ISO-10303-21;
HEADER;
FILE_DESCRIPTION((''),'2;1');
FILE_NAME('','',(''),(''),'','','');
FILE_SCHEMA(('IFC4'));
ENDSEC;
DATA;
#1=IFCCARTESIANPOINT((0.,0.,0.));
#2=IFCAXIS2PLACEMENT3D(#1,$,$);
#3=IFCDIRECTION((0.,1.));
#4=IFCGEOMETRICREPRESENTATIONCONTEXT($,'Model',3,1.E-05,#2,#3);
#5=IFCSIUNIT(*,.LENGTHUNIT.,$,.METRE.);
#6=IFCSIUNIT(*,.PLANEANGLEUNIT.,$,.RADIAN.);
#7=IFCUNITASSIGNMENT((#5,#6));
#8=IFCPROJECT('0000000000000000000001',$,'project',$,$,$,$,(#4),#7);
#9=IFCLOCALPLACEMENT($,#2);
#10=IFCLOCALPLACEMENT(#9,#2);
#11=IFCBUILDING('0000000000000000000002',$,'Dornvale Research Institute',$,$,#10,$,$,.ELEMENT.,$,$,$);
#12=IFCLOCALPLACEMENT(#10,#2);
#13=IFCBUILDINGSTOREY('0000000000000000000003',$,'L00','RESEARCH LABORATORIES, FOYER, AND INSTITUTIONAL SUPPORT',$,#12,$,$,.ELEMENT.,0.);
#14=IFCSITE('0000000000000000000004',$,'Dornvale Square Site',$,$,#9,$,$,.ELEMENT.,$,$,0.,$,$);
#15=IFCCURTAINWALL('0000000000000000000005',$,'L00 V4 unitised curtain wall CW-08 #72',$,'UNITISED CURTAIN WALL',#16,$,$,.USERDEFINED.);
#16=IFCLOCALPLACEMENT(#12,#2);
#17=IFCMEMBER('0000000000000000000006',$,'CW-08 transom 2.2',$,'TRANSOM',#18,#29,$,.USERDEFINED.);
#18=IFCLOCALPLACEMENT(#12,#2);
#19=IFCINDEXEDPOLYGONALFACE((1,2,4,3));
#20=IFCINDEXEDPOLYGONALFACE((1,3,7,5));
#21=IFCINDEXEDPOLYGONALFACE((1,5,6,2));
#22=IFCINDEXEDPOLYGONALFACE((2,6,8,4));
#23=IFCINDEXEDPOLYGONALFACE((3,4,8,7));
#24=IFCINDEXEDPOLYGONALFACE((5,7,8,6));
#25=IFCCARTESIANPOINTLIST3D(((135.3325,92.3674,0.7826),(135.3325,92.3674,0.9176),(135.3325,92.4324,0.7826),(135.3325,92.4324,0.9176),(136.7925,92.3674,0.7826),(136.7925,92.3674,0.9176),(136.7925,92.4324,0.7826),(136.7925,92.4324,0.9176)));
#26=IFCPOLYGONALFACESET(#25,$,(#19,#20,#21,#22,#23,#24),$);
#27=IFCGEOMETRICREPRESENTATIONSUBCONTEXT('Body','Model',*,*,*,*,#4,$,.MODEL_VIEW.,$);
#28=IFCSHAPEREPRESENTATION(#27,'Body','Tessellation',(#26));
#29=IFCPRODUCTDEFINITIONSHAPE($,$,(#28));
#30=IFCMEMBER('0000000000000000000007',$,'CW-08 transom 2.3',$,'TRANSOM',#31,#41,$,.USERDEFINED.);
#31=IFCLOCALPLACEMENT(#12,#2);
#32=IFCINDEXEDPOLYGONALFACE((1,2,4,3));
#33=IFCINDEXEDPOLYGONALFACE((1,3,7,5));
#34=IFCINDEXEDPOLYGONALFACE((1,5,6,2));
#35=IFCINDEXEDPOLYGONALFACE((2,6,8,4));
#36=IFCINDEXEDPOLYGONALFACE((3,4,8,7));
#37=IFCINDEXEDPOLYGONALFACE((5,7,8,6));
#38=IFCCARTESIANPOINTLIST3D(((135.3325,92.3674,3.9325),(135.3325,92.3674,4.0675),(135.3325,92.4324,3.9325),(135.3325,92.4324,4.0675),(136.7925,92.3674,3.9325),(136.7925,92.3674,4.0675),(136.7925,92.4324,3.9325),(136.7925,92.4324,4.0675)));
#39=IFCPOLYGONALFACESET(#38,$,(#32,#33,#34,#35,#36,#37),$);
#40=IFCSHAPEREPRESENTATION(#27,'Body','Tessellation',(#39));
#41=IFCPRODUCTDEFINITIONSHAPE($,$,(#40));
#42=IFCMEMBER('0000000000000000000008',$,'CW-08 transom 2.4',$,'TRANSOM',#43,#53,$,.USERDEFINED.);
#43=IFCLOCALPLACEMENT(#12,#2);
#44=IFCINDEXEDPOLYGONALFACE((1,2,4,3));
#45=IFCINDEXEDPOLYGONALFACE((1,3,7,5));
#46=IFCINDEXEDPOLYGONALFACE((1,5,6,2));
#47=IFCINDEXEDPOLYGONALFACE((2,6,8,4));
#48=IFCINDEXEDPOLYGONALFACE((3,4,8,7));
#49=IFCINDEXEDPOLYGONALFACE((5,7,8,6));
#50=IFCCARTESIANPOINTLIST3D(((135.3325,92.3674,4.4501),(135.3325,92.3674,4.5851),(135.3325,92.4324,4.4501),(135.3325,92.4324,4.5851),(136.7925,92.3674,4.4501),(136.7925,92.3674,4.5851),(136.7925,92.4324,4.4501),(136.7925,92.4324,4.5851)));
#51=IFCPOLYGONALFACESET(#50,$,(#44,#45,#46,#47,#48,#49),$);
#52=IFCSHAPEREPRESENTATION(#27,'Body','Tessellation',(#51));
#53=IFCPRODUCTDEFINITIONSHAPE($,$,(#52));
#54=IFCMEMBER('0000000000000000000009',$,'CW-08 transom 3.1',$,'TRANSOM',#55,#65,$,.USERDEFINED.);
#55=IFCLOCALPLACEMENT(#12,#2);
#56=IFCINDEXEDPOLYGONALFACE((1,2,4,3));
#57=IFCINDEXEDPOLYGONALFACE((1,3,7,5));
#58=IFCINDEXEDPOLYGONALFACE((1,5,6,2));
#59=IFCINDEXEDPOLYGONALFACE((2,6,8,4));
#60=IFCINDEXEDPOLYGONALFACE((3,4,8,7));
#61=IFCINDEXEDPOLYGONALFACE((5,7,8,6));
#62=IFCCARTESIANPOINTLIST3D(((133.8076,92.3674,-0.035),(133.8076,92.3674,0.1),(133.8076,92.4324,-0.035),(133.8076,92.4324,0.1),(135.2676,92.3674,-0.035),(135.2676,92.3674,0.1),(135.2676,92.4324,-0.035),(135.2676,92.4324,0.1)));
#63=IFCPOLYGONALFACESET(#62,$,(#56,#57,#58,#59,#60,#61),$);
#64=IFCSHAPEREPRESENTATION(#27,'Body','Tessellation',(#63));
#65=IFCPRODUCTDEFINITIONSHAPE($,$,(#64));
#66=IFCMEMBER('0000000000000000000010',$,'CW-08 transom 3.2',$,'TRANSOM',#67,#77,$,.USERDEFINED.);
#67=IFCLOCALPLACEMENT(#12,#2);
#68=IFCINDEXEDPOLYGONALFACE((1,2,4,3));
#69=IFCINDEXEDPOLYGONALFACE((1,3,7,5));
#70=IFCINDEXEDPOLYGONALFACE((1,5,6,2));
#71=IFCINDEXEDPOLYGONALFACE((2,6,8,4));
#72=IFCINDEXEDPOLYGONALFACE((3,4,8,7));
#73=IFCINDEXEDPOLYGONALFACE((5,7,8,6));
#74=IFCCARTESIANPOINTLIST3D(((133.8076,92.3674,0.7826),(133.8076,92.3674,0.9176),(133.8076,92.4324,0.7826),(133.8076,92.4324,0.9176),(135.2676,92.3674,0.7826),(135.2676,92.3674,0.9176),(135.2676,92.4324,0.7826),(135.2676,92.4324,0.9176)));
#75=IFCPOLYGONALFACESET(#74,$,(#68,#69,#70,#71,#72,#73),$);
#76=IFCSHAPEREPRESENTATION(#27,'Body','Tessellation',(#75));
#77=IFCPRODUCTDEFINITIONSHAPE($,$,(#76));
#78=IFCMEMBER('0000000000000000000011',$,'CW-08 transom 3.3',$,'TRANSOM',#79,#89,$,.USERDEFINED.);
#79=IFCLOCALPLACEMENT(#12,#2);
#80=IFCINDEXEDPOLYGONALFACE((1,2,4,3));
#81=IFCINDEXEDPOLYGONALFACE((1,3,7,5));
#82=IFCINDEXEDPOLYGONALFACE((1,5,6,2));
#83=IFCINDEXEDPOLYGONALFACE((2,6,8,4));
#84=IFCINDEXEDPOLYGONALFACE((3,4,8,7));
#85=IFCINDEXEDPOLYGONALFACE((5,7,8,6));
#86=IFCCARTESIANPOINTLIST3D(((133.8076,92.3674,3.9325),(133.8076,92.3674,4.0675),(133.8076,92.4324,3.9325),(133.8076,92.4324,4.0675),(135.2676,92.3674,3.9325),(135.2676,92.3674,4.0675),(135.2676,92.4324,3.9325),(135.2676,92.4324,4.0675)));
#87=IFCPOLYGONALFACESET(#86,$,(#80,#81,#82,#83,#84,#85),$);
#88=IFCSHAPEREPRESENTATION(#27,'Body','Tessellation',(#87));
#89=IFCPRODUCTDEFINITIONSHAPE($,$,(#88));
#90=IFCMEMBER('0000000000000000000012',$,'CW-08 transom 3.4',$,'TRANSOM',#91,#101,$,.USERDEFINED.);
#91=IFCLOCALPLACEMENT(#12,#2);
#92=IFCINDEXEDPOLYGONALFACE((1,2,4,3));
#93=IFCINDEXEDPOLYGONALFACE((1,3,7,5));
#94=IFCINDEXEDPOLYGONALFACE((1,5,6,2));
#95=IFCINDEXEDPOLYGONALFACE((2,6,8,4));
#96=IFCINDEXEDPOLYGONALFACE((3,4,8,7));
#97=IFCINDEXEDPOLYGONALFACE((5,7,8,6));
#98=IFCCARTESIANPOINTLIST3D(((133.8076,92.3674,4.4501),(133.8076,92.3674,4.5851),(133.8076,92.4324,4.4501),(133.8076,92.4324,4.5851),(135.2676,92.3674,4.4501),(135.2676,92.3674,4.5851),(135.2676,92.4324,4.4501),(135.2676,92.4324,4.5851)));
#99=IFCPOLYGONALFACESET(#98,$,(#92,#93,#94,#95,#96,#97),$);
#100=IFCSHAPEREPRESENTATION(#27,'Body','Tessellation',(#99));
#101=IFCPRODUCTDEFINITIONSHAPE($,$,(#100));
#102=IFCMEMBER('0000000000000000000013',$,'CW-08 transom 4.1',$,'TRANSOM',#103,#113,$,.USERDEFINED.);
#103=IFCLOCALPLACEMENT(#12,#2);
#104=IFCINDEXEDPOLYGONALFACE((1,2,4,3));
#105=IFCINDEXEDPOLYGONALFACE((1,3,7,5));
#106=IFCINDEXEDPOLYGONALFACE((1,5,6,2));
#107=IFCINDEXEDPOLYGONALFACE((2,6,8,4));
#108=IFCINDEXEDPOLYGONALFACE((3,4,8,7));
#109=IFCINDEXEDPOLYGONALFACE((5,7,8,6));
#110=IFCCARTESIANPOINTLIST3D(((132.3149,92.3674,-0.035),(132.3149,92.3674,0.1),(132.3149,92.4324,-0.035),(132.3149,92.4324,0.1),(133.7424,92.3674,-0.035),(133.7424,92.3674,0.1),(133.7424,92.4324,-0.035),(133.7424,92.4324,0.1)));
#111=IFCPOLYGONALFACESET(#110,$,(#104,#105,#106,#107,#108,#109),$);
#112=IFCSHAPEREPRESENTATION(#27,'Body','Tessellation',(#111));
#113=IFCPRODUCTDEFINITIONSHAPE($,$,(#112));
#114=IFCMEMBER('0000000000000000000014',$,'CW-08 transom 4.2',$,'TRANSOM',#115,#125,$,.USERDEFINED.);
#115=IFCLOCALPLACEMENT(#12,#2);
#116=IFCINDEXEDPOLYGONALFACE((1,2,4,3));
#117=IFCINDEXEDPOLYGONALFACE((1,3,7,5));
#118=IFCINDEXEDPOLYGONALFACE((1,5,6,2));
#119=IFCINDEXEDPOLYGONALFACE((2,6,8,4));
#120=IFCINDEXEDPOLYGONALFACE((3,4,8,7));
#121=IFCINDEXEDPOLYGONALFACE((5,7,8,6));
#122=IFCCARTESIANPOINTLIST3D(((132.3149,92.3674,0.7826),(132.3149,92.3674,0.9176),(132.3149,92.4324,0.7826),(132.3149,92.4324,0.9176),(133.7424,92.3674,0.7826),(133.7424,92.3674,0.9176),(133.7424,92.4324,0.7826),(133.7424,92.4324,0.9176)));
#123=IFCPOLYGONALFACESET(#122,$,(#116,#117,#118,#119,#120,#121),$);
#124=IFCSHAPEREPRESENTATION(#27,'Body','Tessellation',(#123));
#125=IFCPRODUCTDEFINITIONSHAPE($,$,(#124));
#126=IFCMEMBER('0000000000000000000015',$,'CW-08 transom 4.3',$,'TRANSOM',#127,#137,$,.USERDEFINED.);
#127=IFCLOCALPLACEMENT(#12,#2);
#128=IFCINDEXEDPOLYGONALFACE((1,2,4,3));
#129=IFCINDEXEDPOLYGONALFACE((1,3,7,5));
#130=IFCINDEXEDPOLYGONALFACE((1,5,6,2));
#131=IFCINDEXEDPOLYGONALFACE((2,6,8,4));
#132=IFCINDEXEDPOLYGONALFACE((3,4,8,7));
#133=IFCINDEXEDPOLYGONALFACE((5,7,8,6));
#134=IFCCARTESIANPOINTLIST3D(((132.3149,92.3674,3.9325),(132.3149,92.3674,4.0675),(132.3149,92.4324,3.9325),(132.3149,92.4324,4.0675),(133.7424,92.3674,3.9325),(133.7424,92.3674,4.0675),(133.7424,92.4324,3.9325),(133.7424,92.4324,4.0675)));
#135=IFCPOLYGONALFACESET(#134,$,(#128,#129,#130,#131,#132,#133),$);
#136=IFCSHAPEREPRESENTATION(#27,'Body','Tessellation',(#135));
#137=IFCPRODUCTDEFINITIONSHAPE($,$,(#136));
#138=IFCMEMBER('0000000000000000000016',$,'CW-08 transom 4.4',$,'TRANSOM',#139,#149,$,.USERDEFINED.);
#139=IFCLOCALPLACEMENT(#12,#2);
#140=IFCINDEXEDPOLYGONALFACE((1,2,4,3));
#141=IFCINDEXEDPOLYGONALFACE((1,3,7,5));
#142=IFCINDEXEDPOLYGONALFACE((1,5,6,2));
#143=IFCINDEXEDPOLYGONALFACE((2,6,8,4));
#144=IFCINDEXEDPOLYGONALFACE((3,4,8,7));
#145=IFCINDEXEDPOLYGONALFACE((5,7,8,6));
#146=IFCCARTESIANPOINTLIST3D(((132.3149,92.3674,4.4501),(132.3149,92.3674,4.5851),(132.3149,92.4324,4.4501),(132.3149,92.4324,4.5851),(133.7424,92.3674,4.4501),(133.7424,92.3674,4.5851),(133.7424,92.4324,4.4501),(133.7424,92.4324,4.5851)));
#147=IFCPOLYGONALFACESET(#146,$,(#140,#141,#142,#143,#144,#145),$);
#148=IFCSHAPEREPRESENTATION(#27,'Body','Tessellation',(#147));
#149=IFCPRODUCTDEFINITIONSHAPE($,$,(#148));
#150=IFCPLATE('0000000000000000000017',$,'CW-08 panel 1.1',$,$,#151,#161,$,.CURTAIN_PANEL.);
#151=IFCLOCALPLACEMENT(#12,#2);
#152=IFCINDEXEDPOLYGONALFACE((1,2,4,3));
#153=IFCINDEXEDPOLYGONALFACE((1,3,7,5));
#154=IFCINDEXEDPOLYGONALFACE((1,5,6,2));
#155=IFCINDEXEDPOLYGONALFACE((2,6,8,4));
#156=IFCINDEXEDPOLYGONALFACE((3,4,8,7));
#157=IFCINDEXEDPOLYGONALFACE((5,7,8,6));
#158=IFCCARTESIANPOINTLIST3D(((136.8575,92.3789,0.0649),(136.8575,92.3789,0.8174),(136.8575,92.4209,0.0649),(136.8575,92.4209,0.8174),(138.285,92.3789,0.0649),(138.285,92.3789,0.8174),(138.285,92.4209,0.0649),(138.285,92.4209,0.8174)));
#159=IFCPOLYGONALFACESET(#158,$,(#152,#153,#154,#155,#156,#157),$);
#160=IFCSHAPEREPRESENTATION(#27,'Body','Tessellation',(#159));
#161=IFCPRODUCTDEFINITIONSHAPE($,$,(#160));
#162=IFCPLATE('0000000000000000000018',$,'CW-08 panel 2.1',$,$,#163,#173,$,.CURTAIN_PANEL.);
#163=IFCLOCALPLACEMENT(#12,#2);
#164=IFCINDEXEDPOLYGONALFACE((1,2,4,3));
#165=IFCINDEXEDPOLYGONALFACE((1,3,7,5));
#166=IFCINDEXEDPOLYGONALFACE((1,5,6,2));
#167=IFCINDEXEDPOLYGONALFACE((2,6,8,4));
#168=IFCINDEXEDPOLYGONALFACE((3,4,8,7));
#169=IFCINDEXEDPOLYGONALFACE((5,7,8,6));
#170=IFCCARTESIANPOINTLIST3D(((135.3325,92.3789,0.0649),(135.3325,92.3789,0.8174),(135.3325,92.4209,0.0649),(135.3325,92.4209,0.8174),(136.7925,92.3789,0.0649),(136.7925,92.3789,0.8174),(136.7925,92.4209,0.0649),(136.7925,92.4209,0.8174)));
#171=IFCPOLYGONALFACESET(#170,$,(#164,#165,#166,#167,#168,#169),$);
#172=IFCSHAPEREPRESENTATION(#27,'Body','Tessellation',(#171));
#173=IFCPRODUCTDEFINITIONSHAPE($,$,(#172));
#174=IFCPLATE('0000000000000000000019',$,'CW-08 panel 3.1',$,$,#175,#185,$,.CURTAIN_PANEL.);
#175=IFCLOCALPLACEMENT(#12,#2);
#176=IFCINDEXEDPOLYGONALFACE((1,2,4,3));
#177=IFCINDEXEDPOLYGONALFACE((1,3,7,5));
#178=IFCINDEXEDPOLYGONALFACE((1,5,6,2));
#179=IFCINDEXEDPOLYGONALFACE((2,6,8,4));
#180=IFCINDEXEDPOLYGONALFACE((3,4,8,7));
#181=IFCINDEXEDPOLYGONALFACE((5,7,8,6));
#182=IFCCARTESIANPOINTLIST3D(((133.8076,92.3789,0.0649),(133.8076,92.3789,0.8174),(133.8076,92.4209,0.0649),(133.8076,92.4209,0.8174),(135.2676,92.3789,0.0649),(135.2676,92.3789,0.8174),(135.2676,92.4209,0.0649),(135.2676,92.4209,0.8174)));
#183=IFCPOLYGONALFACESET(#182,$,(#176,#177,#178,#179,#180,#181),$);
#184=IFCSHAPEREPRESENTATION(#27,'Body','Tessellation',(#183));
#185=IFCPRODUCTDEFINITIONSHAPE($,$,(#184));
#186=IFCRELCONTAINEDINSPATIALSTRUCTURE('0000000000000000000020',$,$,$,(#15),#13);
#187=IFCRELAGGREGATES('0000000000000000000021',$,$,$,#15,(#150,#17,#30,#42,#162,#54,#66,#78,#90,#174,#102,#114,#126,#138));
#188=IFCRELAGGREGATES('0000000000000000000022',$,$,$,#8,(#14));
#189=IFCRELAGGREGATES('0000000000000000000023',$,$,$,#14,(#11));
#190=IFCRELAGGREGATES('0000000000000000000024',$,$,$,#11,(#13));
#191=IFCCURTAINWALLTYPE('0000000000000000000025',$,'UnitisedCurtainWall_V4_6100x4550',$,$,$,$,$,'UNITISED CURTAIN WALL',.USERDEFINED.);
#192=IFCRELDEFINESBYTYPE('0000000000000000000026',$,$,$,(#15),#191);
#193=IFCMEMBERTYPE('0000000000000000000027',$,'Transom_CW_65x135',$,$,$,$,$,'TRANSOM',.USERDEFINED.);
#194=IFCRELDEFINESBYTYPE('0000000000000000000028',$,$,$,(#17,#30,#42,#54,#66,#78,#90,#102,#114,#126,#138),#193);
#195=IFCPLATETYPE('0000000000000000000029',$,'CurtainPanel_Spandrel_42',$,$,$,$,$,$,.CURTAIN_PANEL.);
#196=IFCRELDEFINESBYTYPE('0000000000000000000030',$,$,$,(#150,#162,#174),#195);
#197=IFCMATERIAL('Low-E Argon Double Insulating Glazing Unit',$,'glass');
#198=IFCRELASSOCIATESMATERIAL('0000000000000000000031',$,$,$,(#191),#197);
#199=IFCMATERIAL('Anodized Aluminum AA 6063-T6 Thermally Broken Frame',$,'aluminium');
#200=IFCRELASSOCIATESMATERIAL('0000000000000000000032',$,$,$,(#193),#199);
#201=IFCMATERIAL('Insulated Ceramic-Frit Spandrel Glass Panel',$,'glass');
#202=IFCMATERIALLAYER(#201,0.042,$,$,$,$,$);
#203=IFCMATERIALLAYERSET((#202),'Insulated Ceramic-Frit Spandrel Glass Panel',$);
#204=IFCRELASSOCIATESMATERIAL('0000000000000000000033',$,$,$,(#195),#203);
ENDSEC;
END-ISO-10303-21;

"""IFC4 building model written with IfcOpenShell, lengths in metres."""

from ifc_helpers import new_model, si_unit, direction, frame, origin, origin_2d, place, context, subcontext, project, spatial, rectangle, extrude, material, layer, layer_set, material_profile, profile_set, type_object, element, aggregate, save


model = new_model("IFC4")

# Units and contexts
model_context = context("Model", 3, precision=1e-05, world=origin(), true_north=direction((0.0, 1.0)))
body_context = subcontext(model_context, "Body", "Model", "MODEL_VIEW")
ifc_project = project(units=[si_unit("LENGTHUNIT", "METRE"), si_unit("PLANEANGLEUNIT", "RADIAN")], contexts=[model_context])

# Site, building, storey
site_placement = place(None, origin())
site = spatial("IfcSite", under=ifc_project, at=site_placement, Name="Dornvale Square Site", CompositionType="ELEMENT", RefElevation=0.0)
building_placement = place(site_placement, origin())
building = spatial("IfcBuilding", under=site, at=building_placement, Name="Dornvale Research Institute", CompositionType="ELEMENT")
storey_placement = place(building_placement, origin())
storey = spatial("IfcBuildingStorey", under=building, at=storey_placement, Name="L00", Description="RESEARCH LABORATORIES, FOYER, AND INSTITUTIONAL SUPPORT", CompositionType="ELEMENT", Elevation=0.0)

# Curtain wall, members, plates
ifc_material_1 = material(Name="Low-E Argon Double Insulating Glazing Unit", Category="glass")
curtain_wall_type = type_object("IfcCurtainWallType", Name="UnitisedCurtainWall_V4_6100x4550", ElementType="UNITISED CURTAIN WALL", PredefinedType="USERDEFINED", material=ifc_material_1)
curtain_wall_placement = place(storey_placement, origin())
curtain_wall = element("IfcCurtainWall", 1, at=curtain_wall_placement, inside=storey, type_object=curtain_wall_type, Name="L00 V4 unitised curtain wall CW-08 #72", ObjectType="UNITISED CURTAIN WALL", PredefinedType="USERDEFINED")
ifc_material_2 = material(Name="Anodized Aluminum AA 6063-T6 Thermally Broken Frame", Category="aluminium")
ifc_material_profile_1 = material_profile(ifc_material_2, rectangle(XDim=0.0649, YDim=0.135, at=origin_2d()), Name="ALU TRANSOM 65x135")
ifc_profile_set_1 = profile_set([ifc_material_profile_1], Name="Anodized Aluminum AA 6063-T6 Thermally Broken Frame")
member_type_1 = type_object("IfcMemberType", Name="Transom_CW_65x135", ElementType="TRANSOM", PredefinedType="USERDEFINED", material=ifc_profile_set_1)
member_1_placement = place(storey_placement, frame((136.7925, 92.3999, 0.8501), z_axis=(-1.0, 0.0, 0.0), x_axis=(0.0, -1.0, 0.0)))
member_1 = element("IfcMember", 2, at=member_1_placement, type_object=member_type_1, Name="CW-08 transom 2.2", ObjectType="TRANSOM", PredefinedType="USERDEFINED", context=body_context, shape_type="SweptSolid", body=[
    extrude(rectangle(XDim=0.0649, YDim=0.135, at=origin_2d()), origin(), (0.0, 0.0, 1.0), 1.46),
])
member_2_placement = place(storey_placement, frame((136.7925, 92.3999, 4.0), z_axis=(-1.0, 0.0, 0.0), x_axis=(0.0, -1.0, 0.0)))
member_2 = element("IfcMember", 3, at=member_2_placement, type_object=member_type_1, Name="CW-08 transom 2.3", ObjectType="TRANSOM", PredefinedType="USERDEFINED", context=body_context, shape_type="SweptSolid", body=[
    extrude(rectangle(XDim=0.0649, YDim=0.135, at=origin_2d()), origin(), (0.0, 0.0, 1.0), 1.46),
])
member_3_placement = place(storey_placement, frame((136.7925, 92.3999, 4.5176), z_axis=(-1.0, 0.0, 0.0), x_axis=(0.0, -1.0, 0.0)))
member_3 = element("IfcMember", 4, at=member_3_placement, type_object=member_type_1, Name="CW-08 transom 2.4", ObjectType="TRANSOM", PredefinedType="USERDEFINED", context=body_context, shape_type="SweptSolid", body=[
    extrude(rectangle(XDim=0.0649, YDim=0.135, at=origin_2d()), origin(), (0.0, 0.0, 1.0), 1.46),
])
member_4_placement = place(storey_placement, frame((135.2676, 92.3999, 0.0325), z_axis=(-1.0, 0.0, 0.0), x_axis=(0.0, -1.0, 0.0)))
member_4 = element("IfcMember", 5, at=member_4_placement, type_object=member_type_1, Name="CW-08 transom 3.1", ObjectType="TRANSOM", PredefinedType="USERDEFINED", context=body_context, shape_type="SweptSolid", body=[
    extrude(rectangle(XDim=0.0649, YDim=0.135, at=origin_2d()), origin(), (0.0, 0.0, 1.0), 1.46),
])
member_5_placement = place(storey_placement, frame((135.2676, 92.3999, 0.8501), z_axis=(-1.0, 0.0, 0.0), x_axis=(0.0, -1.0, 0.0)))
member_5 = element("IfcMember", 6, at=member_5_placement, type_object=member_type_1, Name="CW-08 transom 3.2", ObjectType="TRANSOM", PredefinedType="USERDEFINED", context=body_context, shape_type="SweptSolid", body=[
    extrude(rectangle(XDim=0.0649, YDim=0.135, at=origin_2d()), origin(), (0.0, 0.0, 1.0), 1.46),
])
member_6_placement = place(storey_placement, frame((135.2676, 92.3999, 4.0), z_axis=(-1.0, 0.0, 0.0), x_axis=(0.0, -1.0, 0.0)))
member_6 = element("IfcMember", 7, at=member_6_placement, type_object=member_type_1, Name="CW-08 transom 3.3", ObjectType="TRANSOM", PredefinedType="USERDEFINED", context=body_context, shape_type="SweptSolid", body=[
    extrude(rectangle(XDim=0.0649, YDim=0.135, at=origin_2d()), origin(), (0.0, 0.0, 1.0), 1.46),
])
member_7_placement = place(storey_placement, frame((135.2676, 92.3999, 4.5176), z_axis=(-1.0, 0.0, 0.0), x_axis=(0.0, -1.0, 0.0)))
member_7 = element("IfcMember", 8, at=member_7_placement, type_object=member_type_1, Name="CW-08 transom 3.4", ObjectType="TRANSOM", PredefinedType="USERDEFINED", context=body_context, shape_type="SweptSolid", body=[
    extrude(rectangle(XDim=0.0649, YDim=0.135, at=origin_2d()), origin(), (0.0, 0.0, 1.0), 1.46),
])
member_8_placement = place(storey_placement, frame((133.7424, 92.3999, 0.0325), z_axis=(-1.0, 0.0, 0.0), x_axis=(0.0, -1.0, 0.0)))
member_8 = element("IfcMember", 9, at=member_8_placement, type_object=member_type_1, Name="CW-08 transom 4.1", ObjectType="TRANSOM", PredefinedType="USERDEFINED", context=body_context, shape_type="SweptSolid", body=[
    extrude(rectangle(XDim=0.0649, YDim=0.135, at=origin_2d()), origin(), (0.0, 0.0, 1.0), 1.4275),
])
member_9_placement = place(storey_placement, frame((133.7424, 92.3999, 0.8501), z_axis=(-1.0, 0.0, 0.0), x_axis=(0.0, -1.0, 0.0)))
member_9 = element("IfcMember", 10, at=member_9_placement, type_object=member_type_1, Name="CW-08 transom 4.2", ObjectType="TRANSOM", PredefinedType="USERDEFINED", context=body_context, shape_type="SweptSolid", body=[
    extrude(rectangle(XDim=0.0649, YDim=0.135, at=origin_2d()), origin(), (0.0, 0.0, 1.0), 1.4275),
])
member_10_placement = place(storey_placement, frame((133.7424, 92.3999, 4.0), z_axis=(-1.0, 0.0, 0.0), x_axis=(0.0, -1.0, 0.0)))
member_10 = element("IfcMember", 11, at=member_10_placement, type_object=member_type_1, Name="CW-08 transom 4.3", ObjectType="TRANSOM", PredefinedType="USERDEFINED", context=body_context, shape_type="SweptSolid", body=[
    extrude(rectangle(XDim=0.0649, YDim=0.135, at=origin_2d()), origin(), (0.0, 0.0, 1.0), 1.4275),
])
member_11_placement = place(storey_placement, frame((133.7424, 92.3999, 4.5176), z_axis=(-1.0, 0.0, 0.0), x_axis=(0.0, -1.0, 0.0)))
member_11 = element("IfcMember", 12, at=member_11_placement, type_object=member_type_1, Name="CW-08 transom 4.4", ObjectType="TRANSOM", PredefinedType="USERDEFINED", context=body_context, shape_type="SweptSolid", body=[
    extrude(rectangle(XDim=0.0649, YDim=0.135, at=origin_2d()), origin(), (0.0, 0.0, 1.0), 1.4275),
])
ifc_material_3 = material(Name="Insulated Ceramic-Frit Spandrel Glass Panel", Category="glass")
ifc_layer_1 = layer(ifc_material_3, 0.042)
ifc_layer_set_1 = layer_set([ifc_layer_1], Name="Insulated Ceramic-Frit Spandrel Glass Panel")
plate_type_1 = type_object("IfcPlateType", Name="CurtainPanel_Spandrel_42", PredefinedType="CURTAIN_PANEL", material=ifc_layer_set_1)
plate_1_placement = place(storey_placement, frame((137.5713, 92.3999, 0.0649), z_axis=(0.0, 0.0, 1.0), x_axis=(-1.0, 0.0, 0.0)))
plate_1 = element("IfcPlate", 13, at=plate_1_placement, type_object=plate_type_1, Name="CW-08 panel 1.1", PredefinedType="CURTAIN_PANEL", context=body_context, shape_type="SweptSolid", body=[
    extrude(rectangle(XDim=1.4275, YDim=0.042, at=origin_2d()), origin(), (0.0, 0.0, 1.0), 0.7524),
])
plate_2_placement = place(storey_placement, frame((136.0625, 92.3999, 0.0649), z_axis=(0.0, 0.0, 1.0), x_axis=(-1.0, 0.0, 0.0)))
plate_2 = element("IfcPlate", 14, at=plate_2_placement, type_object=plate_type_1, Name="CW-08 panel 2.1", PredefinedType="CURTAIN_PANEL", context=body_context, shape_type="SweptSolid", body=[
    extrude(rectangle(XDim=1.46, YDim=0.042, at=origin_2d()), origin(), (0.0, 0.0, 1.0), 0.7524),
])
plate_3_placement = place(storey_placement, frame((134.5376, 92.3999, 0.0649), z_axis=(0.0, 0.0, 1.0), x_axis=(-1.0, 0.0, 0.0)))
plate_3 = element("IfcPlate", 15, at=plate_3_placement, type_object=plate_type_1, Name="CW-08 panel 3.1", PredefinedType="CURTAIN_PANEL", context=body_context, shape_type="SweptSolid", body=[
    extrude(rectangle(XDim=1.46, YDim=0.042, at=origin_2d()), origin(), (0.0, 0.0, 1.0), 0.7524),
])
aggregate(curtain_wall, [plate_1, member_1, member_2, member_3, plate_2, member_4, member_5, member_6, member_7, plate_3, member_8, member_9, member_10, member_11])

save(model, "model.ifc")
